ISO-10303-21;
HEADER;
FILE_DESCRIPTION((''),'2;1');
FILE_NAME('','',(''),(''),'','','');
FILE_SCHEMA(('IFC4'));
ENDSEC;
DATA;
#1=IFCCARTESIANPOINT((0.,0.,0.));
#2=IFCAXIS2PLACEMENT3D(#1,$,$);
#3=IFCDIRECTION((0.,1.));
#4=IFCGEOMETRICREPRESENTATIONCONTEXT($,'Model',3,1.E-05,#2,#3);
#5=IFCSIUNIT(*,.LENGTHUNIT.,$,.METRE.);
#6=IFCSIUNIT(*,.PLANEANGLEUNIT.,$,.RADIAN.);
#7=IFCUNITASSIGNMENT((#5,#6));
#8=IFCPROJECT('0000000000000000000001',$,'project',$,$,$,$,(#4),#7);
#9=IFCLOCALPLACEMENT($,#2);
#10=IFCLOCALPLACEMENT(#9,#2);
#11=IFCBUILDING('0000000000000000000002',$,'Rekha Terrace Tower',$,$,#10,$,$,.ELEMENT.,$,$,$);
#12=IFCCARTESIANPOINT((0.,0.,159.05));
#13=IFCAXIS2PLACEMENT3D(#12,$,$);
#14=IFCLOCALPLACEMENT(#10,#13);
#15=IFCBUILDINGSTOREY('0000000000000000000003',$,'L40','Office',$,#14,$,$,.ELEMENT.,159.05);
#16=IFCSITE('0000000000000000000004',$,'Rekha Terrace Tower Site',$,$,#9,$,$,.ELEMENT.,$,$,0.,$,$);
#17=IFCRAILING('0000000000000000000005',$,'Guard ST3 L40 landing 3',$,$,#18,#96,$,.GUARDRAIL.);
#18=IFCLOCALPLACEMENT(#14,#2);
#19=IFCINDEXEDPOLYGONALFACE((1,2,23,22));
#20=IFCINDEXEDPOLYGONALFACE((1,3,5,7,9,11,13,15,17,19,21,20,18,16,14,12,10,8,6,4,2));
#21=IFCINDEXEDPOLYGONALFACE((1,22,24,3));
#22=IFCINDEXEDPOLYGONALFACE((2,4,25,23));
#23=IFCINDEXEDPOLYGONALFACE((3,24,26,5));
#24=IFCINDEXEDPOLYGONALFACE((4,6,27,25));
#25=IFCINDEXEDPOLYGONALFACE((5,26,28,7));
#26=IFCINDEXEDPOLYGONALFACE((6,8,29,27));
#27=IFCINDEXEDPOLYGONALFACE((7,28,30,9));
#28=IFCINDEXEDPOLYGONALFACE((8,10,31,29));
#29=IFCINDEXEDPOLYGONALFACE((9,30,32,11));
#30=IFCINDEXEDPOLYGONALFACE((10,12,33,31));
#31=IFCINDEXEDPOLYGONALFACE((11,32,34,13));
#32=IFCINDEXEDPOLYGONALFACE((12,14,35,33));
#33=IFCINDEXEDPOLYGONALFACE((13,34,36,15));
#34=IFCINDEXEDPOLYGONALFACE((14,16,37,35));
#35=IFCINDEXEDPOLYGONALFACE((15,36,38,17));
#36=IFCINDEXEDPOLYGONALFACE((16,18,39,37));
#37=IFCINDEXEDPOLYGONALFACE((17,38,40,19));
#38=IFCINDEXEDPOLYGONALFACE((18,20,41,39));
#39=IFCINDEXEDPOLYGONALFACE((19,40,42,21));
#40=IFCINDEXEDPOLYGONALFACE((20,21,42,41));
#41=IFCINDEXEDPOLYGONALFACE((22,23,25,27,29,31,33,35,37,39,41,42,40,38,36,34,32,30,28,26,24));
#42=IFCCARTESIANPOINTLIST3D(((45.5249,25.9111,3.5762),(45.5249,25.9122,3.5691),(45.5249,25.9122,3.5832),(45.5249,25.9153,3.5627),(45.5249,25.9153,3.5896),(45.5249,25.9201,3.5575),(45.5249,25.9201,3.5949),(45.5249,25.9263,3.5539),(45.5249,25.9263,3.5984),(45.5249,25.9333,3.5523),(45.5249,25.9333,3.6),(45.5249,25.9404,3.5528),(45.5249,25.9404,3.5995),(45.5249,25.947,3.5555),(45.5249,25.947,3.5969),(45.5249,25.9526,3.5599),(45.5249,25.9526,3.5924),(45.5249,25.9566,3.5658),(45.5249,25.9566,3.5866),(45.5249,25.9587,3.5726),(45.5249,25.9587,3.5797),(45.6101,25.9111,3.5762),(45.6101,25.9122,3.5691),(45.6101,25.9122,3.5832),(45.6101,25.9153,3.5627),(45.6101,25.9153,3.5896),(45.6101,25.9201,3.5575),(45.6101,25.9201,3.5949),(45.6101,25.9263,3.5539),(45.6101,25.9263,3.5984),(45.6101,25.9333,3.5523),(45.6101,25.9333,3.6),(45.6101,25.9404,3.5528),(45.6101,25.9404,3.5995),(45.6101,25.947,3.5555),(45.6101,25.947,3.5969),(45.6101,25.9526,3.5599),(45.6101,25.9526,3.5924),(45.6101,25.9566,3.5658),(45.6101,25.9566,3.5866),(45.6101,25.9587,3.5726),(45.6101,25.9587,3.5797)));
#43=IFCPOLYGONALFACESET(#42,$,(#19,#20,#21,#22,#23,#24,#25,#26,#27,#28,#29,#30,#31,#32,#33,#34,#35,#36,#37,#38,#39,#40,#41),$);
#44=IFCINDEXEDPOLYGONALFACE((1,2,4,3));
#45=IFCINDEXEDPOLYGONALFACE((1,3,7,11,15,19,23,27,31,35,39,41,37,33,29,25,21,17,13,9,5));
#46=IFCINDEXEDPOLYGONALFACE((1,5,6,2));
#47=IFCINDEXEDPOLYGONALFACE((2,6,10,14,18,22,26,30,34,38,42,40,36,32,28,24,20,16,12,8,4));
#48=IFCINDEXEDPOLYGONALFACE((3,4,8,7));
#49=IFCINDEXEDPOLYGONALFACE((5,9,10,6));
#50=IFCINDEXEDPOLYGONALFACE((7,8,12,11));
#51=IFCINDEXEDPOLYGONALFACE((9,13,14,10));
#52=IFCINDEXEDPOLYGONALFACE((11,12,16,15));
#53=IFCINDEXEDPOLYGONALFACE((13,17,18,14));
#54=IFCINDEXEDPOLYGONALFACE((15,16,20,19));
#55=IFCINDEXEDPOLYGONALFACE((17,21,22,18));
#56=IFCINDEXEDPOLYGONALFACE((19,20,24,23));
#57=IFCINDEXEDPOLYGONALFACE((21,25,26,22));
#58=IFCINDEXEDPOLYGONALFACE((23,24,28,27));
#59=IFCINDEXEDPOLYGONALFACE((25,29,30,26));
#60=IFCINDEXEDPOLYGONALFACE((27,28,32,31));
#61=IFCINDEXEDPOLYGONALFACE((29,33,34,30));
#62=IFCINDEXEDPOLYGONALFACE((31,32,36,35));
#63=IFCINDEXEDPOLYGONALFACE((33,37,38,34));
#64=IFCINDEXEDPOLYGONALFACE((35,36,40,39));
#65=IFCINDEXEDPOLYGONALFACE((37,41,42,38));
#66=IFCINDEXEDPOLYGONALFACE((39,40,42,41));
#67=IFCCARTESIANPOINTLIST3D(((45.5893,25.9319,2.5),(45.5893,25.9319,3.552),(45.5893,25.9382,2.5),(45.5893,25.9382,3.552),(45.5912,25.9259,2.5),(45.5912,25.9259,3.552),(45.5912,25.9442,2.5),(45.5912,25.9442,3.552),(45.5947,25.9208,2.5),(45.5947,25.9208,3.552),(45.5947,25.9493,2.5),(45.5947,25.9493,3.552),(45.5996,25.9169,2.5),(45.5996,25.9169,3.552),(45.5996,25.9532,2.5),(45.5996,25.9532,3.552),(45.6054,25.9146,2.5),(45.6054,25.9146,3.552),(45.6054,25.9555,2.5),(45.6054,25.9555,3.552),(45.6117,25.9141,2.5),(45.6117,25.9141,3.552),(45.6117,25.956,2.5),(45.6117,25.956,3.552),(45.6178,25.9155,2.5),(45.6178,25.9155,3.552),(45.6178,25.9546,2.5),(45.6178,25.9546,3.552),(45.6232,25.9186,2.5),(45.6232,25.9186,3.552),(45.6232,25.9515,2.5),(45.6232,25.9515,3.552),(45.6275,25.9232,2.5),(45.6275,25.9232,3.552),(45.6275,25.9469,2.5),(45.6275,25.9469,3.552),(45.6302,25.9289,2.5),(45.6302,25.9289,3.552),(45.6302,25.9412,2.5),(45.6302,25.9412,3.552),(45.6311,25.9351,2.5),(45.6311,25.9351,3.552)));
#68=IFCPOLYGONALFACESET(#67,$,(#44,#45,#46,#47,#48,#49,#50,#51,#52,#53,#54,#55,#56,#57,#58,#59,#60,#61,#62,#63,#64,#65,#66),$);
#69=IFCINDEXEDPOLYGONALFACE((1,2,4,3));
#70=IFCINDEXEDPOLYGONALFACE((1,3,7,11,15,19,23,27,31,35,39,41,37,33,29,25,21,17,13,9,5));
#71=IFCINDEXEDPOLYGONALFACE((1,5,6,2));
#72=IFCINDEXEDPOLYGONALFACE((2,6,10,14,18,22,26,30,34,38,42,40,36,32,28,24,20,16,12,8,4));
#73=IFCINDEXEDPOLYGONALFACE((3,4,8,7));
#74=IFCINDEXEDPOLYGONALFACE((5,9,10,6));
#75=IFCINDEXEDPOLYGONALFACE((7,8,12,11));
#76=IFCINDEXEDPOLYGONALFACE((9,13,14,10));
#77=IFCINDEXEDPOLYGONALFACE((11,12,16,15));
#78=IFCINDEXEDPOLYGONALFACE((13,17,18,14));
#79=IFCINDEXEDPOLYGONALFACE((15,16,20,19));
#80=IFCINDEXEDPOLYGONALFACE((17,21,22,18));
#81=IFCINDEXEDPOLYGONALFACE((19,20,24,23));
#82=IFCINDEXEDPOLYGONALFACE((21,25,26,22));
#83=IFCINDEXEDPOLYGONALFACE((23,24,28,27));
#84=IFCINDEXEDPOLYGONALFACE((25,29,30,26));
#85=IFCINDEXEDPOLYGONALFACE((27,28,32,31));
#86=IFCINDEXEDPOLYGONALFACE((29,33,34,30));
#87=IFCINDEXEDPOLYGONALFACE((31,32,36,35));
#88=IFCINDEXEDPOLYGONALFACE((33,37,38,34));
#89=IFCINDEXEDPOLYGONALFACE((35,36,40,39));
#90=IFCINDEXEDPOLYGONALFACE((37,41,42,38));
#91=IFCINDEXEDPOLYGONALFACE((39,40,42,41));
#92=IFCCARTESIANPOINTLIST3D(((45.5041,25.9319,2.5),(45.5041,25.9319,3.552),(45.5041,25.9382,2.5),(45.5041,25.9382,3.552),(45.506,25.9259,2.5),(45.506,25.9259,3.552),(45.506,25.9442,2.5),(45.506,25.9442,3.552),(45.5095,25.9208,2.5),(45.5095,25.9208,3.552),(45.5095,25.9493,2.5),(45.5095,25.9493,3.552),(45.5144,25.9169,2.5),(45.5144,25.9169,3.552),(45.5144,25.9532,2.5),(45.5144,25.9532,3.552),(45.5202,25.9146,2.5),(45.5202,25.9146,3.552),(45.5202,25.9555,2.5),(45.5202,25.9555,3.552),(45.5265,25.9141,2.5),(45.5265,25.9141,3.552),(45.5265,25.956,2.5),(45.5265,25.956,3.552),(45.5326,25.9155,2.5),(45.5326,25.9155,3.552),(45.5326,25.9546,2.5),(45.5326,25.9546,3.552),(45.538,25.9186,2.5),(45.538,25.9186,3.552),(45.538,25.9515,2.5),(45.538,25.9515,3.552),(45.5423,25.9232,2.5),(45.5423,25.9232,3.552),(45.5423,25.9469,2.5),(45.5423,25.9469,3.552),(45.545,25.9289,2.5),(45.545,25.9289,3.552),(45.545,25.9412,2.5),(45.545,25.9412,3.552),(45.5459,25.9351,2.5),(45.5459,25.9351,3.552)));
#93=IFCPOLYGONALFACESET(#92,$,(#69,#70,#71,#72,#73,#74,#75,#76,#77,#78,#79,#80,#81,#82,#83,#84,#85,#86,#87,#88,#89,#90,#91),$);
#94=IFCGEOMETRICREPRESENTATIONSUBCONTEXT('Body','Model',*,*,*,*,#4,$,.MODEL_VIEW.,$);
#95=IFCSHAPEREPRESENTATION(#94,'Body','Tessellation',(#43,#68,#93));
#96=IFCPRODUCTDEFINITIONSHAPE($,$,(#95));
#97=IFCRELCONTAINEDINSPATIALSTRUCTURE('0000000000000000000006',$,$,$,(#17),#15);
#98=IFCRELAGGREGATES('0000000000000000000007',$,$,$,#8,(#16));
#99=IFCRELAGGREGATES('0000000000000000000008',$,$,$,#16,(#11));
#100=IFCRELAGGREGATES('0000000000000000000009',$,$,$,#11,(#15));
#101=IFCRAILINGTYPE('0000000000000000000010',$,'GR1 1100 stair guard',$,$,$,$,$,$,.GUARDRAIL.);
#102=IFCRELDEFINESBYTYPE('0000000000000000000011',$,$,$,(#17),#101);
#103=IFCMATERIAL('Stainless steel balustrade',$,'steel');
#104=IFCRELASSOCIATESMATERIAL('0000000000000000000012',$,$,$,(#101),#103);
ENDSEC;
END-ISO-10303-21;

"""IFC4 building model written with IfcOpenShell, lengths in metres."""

from ifc_helpers import new_model, si_unit, direction, frame, origin, origin_2d, place, context, subcontext, project, spatial, circle, extrude, material, type_object, element, save


model = new_model("IFC4")

# Units and contexts
model_context = context("Model", 3, precision=1e-05, world=origin(), true_north=direction((0.0, 1.0)))
body_context = subcontext(model_context, "Body", "Model", "MODEL_VIEW")
ifc_project = project(units=[si_unit("LENGTHUNIT", "METRE"), si_unit("PLANEANGLEUNIT", "RADIAN")], contexts=[model_context])

# Site, building, storey
site_placement = place(None, origin())
site = spatial("IfcSite", under=ifc_project, at=site_placement, Name="Rekha Terrace Tower Site", CompositionType="ELEMENT", RefElevation=0.0)
building_placement = place(site_placement, origin())
building = spatial("IfcBuilding", under=site, at=building_placement, Name="Rekha Terrace Tower", CompositionType="ELEMENT")
storey_placement = place(building_placement, frame((0.0, 0.0, 159.05)))
storey = spatial("IfcBuildingStorey", under=building, at=storey_placement, Name="L40", Description="Office", CompositionType="ELEMENT", Elevation=159.05)

# Railing
ifc_material_1 = material(Name="Stainless steel balustrade", Category="steel")
railing_type_1 = type_object("IfcRailingType", Name="GR1 1100 stair guard", PredefinedType="GUARDRAIL", material=ifc_material_1)
railing_1_placement = place(storey_placement, frame((45.6101, 25.9351, 2.5)))
element("IfcRailing", 1, at=railing_1_placement, inside=storey, type_object=railing_type_1, Name="Guard ST3 L40 landing 3", PredefinedType="GUARDRAIL", context=body_context, shape_type="SweptSolid", body=[
    extrude(circle(Radius=0.0239, at=origin_2d()), frame((0.0, 0.0, 1.0762), z_axis=(-1.0, 0.0, 0.0), x_axis=(0.0, -1.0, 0.0)), (0.0, 0.0, 1.0), 0.0852),
    extrude(circle(Radius=0.021, at=origin_2d()), origin(), (0.0, 0.0, 1.0), 1.052),
    extrude(circle(Radius=0.021, at=origin_2d()), frame((-0.0852, 0.0, 0.0)), (0.0, 0.0, 1.0), 1.052),
])

save(model, "model.ifc")
